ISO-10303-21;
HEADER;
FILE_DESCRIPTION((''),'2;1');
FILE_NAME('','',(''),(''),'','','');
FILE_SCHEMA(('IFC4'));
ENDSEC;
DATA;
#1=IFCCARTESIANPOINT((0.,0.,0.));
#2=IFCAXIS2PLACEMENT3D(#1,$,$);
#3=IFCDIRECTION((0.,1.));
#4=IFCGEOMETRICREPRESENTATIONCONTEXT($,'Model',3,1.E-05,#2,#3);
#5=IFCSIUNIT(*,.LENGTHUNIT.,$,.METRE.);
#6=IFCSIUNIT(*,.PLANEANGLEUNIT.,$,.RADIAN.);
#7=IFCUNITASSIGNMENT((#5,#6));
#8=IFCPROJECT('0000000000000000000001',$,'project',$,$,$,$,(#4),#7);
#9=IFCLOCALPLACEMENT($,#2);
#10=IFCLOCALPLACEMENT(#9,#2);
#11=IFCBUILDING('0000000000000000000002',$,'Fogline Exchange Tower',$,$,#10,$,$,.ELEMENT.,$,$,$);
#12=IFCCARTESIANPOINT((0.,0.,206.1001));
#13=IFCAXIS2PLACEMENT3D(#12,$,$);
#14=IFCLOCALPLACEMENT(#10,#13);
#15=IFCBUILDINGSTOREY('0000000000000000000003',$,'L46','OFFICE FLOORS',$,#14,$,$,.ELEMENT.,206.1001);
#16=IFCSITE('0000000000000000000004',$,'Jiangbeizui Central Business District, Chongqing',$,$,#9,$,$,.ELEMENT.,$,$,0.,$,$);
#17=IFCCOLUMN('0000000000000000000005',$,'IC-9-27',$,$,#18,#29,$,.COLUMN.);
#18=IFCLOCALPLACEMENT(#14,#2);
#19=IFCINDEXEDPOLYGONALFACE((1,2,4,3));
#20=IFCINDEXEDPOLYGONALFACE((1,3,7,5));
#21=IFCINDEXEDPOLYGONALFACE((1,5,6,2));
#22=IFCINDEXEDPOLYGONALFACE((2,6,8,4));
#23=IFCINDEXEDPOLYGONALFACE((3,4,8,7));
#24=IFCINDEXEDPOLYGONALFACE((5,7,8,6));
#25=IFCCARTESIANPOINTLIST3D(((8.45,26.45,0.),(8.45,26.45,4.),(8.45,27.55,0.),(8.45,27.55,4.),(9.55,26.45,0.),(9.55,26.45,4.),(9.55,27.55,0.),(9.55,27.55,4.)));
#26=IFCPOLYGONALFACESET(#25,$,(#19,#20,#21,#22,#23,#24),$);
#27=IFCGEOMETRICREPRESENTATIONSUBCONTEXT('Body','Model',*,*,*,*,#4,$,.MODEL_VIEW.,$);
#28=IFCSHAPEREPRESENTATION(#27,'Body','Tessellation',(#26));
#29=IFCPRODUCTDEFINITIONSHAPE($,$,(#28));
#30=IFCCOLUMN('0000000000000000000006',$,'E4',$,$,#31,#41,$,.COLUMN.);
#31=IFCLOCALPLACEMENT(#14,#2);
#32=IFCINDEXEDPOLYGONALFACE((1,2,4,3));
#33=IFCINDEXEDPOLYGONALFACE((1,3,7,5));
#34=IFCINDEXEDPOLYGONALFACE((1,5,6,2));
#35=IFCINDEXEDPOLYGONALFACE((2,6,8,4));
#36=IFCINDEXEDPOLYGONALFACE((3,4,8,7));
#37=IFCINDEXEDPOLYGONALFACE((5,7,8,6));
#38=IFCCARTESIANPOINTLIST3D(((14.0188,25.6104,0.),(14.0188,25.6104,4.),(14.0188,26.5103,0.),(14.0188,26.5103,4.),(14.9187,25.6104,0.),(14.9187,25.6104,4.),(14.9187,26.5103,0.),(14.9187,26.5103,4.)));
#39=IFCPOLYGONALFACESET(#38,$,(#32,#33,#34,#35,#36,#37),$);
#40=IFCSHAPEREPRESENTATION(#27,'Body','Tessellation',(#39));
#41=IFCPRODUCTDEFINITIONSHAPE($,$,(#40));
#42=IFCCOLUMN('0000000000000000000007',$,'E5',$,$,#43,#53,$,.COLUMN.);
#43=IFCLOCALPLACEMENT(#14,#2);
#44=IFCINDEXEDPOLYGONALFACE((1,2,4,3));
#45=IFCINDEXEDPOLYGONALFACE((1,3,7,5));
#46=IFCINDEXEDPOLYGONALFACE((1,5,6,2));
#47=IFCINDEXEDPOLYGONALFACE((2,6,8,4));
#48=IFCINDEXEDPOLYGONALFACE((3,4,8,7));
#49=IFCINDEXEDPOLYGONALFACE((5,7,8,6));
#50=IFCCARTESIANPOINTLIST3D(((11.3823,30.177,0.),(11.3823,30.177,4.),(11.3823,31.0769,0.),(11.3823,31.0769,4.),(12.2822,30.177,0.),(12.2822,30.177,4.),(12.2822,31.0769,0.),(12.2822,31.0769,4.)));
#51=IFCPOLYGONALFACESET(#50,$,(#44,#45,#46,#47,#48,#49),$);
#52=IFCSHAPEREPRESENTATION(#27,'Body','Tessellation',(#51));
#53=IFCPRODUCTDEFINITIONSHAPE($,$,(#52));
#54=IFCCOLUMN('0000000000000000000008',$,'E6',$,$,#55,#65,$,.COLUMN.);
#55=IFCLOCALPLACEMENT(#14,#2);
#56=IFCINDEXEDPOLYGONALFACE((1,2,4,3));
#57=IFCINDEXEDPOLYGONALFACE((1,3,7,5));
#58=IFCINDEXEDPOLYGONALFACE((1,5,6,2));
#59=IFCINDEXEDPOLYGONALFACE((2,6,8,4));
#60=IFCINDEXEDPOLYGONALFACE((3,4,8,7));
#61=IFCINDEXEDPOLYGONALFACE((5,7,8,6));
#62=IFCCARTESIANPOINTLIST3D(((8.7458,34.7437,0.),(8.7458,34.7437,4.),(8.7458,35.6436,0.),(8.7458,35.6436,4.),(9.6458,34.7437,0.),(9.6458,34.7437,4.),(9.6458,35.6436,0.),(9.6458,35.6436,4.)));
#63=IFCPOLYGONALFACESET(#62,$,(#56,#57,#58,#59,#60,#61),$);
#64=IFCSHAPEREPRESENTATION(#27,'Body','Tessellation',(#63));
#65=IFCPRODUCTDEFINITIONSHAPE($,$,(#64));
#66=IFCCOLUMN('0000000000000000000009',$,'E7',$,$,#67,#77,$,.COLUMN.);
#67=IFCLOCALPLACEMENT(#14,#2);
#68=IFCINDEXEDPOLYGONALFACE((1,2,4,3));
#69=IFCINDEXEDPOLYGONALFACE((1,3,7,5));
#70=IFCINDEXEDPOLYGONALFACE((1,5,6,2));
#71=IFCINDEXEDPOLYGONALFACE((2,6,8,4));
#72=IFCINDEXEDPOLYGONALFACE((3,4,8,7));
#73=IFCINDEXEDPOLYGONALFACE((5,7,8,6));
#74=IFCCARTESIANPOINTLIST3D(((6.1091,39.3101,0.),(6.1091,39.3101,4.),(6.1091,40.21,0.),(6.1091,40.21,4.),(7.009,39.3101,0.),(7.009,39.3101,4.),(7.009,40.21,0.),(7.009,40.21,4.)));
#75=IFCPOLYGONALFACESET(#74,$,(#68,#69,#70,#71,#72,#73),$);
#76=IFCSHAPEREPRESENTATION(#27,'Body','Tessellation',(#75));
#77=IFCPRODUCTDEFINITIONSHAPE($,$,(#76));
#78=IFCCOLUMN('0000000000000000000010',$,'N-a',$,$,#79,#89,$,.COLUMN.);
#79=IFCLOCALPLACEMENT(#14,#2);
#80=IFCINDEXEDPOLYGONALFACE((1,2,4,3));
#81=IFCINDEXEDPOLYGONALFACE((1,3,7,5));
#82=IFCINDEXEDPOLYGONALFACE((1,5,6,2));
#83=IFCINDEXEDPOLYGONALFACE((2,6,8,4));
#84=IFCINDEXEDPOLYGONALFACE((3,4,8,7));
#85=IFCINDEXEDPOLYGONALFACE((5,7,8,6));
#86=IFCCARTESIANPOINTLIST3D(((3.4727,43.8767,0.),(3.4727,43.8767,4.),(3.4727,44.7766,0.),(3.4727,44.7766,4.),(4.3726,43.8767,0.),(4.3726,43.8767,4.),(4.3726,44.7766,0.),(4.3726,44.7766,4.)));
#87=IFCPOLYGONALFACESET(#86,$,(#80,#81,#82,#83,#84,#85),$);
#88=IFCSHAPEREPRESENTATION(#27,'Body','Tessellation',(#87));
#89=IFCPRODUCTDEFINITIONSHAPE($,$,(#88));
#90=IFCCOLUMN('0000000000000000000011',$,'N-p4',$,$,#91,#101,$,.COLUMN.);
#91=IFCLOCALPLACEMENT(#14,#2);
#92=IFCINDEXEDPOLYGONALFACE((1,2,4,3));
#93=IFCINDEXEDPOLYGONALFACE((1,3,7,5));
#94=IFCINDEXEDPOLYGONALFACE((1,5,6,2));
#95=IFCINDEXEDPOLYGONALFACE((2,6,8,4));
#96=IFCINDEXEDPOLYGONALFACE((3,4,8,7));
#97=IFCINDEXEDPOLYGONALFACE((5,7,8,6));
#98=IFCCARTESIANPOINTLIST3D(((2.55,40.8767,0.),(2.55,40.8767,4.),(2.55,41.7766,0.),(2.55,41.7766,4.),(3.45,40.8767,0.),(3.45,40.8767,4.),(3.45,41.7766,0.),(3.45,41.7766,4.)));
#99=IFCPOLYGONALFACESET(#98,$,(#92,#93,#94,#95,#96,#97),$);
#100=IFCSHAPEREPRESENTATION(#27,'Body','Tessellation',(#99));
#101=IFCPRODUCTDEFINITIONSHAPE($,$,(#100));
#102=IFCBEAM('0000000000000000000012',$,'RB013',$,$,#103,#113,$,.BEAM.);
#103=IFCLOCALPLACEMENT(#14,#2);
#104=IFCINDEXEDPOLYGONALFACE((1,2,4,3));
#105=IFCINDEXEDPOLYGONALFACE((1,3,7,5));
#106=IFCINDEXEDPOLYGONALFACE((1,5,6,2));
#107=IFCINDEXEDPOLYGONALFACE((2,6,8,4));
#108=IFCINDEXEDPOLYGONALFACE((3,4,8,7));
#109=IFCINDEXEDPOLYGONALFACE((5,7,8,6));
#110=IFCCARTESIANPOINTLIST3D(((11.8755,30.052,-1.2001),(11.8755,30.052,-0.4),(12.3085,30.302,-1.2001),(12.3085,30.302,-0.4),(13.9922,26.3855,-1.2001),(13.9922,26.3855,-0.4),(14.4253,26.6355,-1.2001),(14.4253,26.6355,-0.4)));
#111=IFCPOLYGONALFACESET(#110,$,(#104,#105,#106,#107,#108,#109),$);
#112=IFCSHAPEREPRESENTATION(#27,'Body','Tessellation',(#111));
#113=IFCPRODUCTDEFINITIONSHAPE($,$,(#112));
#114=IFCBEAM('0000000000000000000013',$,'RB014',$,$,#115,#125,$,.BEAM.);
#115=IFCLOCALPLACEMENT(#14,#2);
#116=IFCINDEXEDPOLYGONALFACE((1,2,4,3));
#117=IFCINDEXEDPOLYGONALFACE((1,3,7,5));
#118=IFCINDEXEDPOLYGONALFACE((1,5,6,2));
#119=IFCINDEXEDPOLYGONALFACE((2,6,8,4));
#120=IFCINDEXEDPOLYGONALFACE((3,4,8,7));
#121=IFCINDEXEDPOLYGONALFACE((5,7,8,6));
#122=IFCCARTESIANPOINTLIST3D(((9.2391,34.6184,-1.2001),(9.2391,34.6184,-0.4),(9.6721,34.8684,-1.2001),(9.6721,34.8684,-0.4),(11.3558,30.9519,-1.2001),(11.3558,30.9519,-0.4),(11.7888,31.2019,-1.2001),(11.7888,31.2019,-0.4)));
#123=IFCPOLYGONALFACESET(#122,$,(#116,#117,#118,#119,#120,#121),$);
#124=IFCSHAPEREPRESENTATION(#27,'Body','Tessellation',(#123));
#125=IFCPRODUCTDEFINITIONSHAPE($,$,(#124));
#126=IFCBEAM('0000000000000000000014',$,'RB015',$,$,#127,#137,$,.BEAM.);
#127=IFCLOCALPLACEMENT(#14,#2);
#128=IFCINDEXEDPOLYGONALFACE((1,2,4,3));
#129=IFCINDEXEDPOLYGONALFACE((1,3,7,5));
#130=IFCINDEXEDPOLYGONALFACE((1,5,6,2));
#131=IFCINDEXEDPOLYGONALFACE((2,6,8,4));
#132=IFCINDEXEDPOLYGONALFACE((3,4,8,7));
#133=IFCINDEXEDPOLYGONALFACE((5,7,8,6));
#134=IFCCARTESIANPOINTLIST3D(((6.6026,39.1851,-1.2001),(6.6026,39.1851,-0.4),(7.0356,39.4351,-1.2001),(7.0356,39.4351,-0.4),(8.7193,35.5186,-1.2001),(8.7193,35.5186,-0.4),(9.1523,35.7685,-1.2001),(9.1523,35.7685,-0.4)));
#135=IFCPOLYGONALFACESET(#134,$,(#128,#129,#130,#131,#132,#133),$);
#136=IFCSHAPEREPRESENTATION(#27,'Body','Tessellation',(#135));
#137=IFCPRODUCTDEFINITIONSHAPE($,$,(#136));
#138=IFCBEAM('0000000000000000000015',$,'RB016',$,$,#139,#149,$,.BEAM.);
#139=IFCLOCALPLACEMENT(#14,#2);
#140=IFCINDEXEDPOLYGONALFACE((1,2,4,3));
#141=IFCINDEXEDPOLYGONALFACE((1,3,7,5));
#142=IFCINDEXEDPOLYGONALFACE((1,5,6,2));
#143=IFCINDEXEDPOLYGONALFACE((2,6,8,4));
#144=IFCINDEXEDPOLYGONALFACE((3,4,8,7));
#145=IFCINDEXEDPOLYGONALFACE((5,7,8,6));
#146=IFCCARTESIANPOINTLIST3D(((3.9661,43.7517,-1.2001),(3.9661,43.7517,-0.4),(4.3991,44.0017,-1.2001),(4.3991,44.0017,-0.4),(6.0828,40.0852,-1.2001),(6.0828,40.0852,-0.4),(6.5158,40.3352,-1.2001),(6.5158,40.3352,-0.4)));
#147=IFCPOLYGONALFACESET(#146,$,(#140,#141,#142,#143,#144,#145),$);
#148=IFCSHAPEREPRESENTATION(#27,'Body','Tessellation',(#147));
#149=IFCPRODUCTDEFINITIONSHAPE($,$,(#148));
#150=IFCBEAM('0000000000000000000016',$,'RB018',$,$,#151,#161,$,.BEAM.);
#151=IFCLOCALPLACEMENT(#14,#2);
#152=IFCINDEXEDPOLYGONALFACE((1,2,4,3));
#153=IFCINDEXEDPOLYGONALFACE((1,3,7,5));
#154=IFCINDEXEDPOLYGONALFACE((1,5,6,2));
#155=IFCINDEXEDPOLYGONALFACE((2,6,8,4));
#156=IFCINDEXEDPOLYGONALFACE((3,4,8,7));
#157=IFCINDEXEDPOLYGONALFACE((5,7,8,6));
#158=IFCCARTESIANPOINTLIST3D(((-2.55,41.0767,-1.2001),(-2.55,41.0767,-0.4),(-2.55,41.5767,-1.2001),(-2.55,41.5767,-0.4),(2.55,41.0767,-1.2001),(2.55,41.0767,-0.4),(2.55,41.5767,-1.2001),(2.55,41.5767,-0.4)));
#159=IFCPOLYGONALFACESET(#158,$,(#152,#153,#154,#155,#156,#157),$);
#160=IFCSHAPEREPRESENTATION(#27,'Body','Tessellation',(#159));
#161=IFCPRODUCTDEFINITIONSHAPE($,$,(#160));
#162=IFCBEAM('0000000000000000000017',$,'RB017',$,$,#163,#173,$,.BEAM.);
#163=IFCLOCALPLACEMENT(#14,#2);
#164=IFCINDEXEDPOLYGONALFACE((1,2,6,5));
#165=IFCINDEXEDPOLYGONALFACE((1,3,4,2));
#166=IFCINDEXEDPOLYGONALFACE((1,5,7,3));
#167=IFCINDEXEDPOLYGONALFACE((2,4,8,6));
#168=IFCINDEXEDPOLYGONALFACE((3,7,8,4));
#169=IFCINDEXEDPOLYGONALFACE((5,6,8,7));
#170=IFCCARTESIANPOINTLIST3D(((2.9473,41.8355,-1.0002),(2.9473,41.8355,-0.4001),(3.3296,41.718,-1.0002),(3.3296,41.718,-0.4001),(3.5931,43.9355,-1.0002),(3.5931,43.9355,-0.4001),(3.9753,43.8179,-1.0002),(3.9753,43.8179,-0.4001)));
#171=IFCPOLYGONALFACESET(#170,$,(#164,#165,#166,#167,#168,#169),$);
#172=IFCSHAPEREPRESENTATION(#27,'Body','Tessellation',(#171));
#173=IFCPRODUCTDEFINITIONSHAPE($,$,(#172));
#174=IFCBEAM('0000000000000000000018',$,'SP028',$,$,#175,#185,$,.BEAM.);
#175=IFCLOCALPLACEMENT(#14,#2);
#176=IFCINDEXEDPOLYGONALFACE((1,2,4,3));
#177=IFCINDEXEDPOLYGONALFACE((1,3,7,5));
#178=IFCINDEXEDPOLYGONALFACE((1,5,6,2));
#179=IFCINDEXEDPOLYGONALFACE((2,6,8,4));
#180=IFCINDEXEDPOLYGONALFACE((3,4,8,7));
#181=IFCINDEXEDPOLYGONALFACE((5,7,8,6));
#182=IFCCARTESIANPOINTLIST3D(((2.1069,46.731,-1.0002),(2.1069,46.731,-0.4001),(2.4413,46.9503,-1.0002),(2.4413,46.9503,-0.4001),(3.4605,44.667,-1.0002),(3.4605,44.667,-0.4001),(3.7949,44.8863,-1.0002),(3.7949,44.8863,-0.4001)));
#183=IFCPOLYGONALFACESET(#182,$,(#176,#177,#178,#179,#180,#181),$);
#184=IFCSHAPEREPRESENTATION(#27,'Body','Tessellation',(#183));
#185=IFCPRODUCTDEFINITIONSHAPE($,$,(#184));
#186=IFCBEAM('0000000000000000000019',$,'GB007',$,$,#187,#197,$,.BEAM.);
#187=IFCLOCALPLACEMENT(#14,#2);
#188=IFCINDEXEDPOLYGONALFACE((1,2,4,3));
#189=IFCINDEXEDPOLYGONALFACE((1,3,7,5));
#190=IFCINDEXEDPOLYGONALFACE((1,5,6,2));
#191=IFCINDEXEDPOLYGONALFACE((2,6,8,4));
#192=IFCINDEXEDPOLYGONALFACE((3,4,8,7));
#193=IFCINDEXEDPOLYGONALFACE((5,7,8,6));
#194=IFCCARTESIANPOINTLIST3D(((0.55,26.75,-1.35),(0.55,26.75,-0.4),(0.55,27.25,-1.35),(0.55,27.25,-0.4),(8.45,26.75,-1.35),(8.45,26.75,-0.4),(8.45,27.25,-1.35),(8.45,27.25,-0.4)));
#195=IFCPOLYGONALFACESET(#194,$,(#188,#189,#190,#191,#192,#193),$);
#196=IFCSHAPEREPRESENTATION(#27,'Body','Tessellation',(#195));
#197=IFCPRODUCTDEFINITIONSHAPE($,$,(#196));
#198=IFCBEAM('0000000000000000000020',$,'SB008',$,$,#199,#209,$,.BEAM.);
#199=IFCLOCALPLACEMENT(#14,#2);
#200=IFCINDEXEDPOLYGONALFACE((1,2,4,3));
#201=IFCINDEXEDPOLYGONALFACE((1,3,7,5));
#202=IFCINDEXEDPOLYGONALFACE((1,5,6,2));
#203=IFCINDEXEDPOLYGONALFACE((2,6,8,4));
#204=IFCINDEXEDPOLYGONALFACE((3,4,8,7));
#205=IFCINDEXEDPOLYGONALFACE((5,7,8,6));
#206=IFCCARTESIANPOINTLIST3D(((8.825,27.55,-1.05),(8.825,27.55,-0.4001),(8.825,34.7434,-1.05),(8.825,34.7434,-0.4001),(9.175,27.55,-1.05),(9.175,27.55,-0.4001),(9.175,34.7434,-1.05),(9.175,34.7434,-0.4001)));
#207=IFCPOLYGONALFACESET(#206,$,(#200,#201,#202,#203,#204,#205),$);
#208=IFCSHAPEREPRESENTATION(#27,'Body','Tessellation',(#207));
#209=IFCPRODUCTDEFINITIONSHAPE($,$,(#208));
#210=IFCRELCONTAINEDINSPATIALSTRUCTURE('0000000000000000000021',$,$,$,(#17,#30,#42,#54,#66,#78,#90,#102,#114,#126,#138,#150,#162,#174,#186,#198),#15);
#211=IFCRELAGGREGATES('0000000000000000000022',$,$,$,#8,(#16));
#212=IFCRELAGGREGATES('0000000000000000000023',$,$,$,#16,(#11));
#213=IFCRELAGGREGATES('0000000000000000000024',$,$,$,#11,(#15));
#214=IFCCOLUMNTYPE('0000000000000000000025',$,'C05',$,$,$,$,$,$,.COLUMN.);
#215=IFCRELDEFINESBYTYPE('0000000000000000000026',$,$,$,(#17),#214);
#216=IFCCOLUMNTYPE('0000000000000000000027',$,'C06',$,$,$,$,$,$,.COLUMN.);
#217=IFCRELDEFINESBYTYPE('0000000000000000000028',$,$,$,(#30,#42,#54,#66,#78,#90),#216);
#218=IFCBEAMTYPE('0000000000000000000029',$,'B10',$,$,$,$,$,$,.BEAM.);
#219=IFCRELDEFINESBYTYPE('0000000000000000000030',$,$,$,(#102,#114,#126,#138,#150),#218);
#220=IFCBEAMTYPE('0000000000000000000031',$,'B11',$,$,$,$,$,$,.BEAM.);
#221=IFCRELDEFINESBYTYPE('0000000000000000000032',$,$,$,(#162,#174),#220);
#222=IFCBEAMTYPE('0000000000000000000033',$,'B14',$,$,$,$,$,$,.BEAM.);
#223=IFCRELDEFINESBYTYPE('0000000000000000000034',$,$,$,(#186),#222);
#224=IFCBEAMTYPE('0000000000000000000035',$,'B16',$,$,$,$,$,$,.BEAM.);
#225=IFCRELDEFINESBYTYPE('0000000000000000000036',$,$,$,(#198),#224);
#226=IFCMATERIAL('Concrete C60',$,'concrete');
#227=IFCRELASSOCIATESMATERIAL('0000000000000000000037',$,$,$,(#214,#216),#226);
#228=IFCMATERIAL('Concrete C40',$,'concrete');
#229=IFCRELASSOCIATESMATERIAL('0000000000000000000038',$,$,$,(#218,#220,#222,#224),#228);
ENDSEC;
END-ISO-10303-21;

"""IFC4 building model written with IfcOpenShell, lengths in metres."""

from ifc_helpers import new_model, si_unit, direction, frame, origin, origin_2d, place, context, subcontext, project, spatial, rectangle, extrude, material, material_profile, profile_set, type_object, element, save


model = new_model("IFC4")

# Units and contexts
model_context = context("Model", 3, precision=1e-05, world=origin(), true_north=direction((0.0, 1.0)))
body_context = subcontext(model_context, "Body", "Model", "MODEL_VIEW")
ifc_project = project(units=[si_unit("LENGTHUNIT", "METRE"), si_unit("PLANEANGLEUNIT", "RADIAN")], contexts=[model_context])

# Site, building, storey
site_placement = place(None, origin())
site = spatial("IfcSite", under=ifc_project, at=site_placement, Name="Jiangbeizui Central Business District, Chongqing", CompositionType="ELEMENT", RefElevation=0.0)
building_placement = place(site_placement, origin())
building = spatial("IfcBuilding", under=site, at=building_placement, Name="Fogline Exchange Tower", CompositionType="ELEMENT")
storey_placement = place(building_placement, frame((0.0, 0.0, 206.1001)))
storey = spatial("IfcBuildingStorey", under=building, at=storey_placement, Name="L46", Description="OFFICE FLOORS", CompositionType="ELEMENT", Elevation=206.1001)

# Columns
ifc_material_1 = material(Name="Concrete C60", Category="concrete")
ifc_material_profile_1 = material_profile(ifc_material_1, rectangle(XDim=1.1001, YDim=1.1001, at=origin_2d()), Name="RC 1100x1100")
ifc_profile_set_1 = profile_set([ifc_material_profile_1], Name="Concrete C60")
column_type_1 = type_object("IfcColumnType", Name="C05", PredefinedType="COLUMN", material=ifc_profile_set_1)
column_placement = place(storey_placement, frame((9.0, 27.0, 0.0), z_axis=(0.0, 0.0, 1.0), x_axis=(1.0, 0.0, 0.0)))
element("IfcColumn", 1, at=column_placement, inside=storey, type_object=column_type_1, Name="IC-9-27", PredefinedType="COLUMN", context=body_context, shape_type="SweptSolid", body=[
    extrude(rectangle(XDim=1.1001, YDim=1.1001, at=origin_2d()), origin(), (0.0, 0.0, 1.0), 4.0),
])
ifc_material_profile_2 = material_profile(ifc_material_1, rectangle(XDim=0.8999, YDim=0.8999, at=origin_2d()), Name="RC 900x900")
ifc_profile_set_2 = profile_set([ifc_material_profile_2], Name="Concrete C60")
column_type_2 = type_object("IfcColumnType", Name="C06", PredefinedType="COLUMN", material=ifc_profile_set_2)
for number, where, z_axis, x_axis, name in (
    (2, (14.4688, 26.0603, 0.0), (0.0, 0.0, 1.0), (1.0, 0.0, 0.0), "E4"),
    (3, (11.8323, 30.627, 0.0), (0.0, 0.0, 1.0), (1.0, 0.0, 0.0), "E5"),
    (4, (9.1958, 35.1936, 0.0), (0.0, 0.0, 1.0), (1.0, 0.0, 0.0), "E6"),
    (5, (6.5591, 39.76, 0.0), (0.0, 0.0, 1.0), (1.0, 0.0, 0.0), "E7"),
    (6, (3.9226, 44.3267, 0.0), (0.0, 0.0, 1.0), (1.0, 0.0, 0.0), "N-a"),
    (7, (3.0, 41.3267, 0.0), (0.0, 0.0, 1.0), (1.0, 0.0, 0.0), "N-p4"),
):
    element("IfcColumn", number, at=place(storey_placement, frame(where, z_axis=z_axis, x_axis=x_axis)), inside=storey, type_object=column_type_2, Name=name, PredefinedType="COLUMN", context=body_context, shape_type="SweptSolid", body=[
        extrude(rectangle(XDim=0.8999, YDim=0.8999, at=origin_2d()), origin(), (0.0, 0.0, 1.0), 4.0),
    ])

# Beams
ifc_material_2 = material(Name="Concrete C40", Category="concrete")
ifc_material_profile_3 = material_profile(ifc_material_2, rectangle(XDim=0.5, YDim=0.8, at=origin_2d()), Name="RC 500x800")
ifc_profile_set_3 = profile_set([ifc_material_profile_3], Name="Concrete C40")
beam_type_1 = type_object("IfcBeamType", Name="B10", PredefinedType="BEAM", material=ifc_profile_set_3)
for number, where, z_axis, x_axis, name in (
    (8, (14.2087, 26.5105, -0.8), (-0.499972, 0.866042, 0.0), (-0.866042, -0.499972, 0.0), "RB013"),
    (9, (11.5723, 31.0769, -0.8), (-0.499972, 0.866042, 0.0), (-0.866042, -0.499972, 0.0), "RB014"),
    (10, (8.9358, 35.6436, -0.8), (-0.499972, 0.866042, 0.0), (-0.866042, -0.499972, 0.0), "RB015"),
    (11, (6.2993, 40.2102, -0.8), (-0.499972, 0.866042, 0.0), (-0.866042, -0.499972, 0.0), "RB016"),
):
    element("IfcBeam", number, at=place(storey_placement, frame(where, z_axis=z_axis, x_axis=x_axis)), inside=storey, type_object=beam_type_1, Name=name, PredefinedType="BEAM", context=body_context, shape_type="SweptSolid", body=[
        extrude(rectangle(XDim=0.5, YDim=0.8, at=origin_2d()), origin(), (0.0, 0.0, 1.0), 4.2336),
    ])
beam_1_placement = place(storey_placement, frame((2.55, 41.3267, -0.8), z_axis=(-1.0, 0.0, 0.0), x_axis=(0.0, -1.0, 0.0)))
element("IfcBeam", 12, at=beam_1_placement, inside=storey, type_object=beam_type_1, Name="RB018", PredefinedType="BEAM", context=body_context, shape_type="SweptSolid", body=[
    extrude(rectangle(XDim=0.5, YDim=0.8, at=origin_2d()), origin(), (0.0, 0.0, 1.0), 5.1001),
])
ifc_material_profile_4 = material_profile(ifc_material_2, rectangle(XDim=0.3999, YDim=0.6001, at=origin_2d()), Name="RC 400x600")
ifc_profile_set_4 = profile_set([ifc_material_profile_4], Name="Concrete C40")
beam_type_2 = type_object("IfcBeamType", Name="B11", PredefinedType="BEAM", material=ifc_profile_set_4)
beam_2_placement = place(storey_placement, frame((3.7842, 43.8767, -0.7002), z_axis=(-0.293906, -0.955834, 0.0), x_axis=(0.955834, -0.293906, 0.0)))
element("IfcBeam", 13, at=beam_2_placement, inside=storey, type_object=beam_type_2, Name="RB017", PredefinedType="BEAM", context=body_context, shape_type="SweptSolid", body=[
    extrude(rectangle(XDim=0.3999, YDim=0.6001, at=origin_2d()), origin(), (0.0, 0.0, 1.0), 2.197),
])
beam_3_placement = place(storey_placement, frame((3.6277, 44.7766, -0.7002), z_axis=(-0.548384, 0.836227, 0.0), x_axis=(-0.836227, -0.548384, 0.0)))
element("IfcBeam", 14, at=beam_3_placement, inside=storey, type_object=beam_type_2, Name="SP028", PredefinedType="BEAM", context=body_context, shape_type="SweptSolid", body=[
    extrude(rectangle(XDim=0.3999, YDim=0.6001, at=origin_2d()), origin(), (0.0, 0.0, 1.0), 2.4683),
])
ifc_material_profile_5 = material_profile(ifc_material_2, rectangle(XDim=0.5, YDim=0.95, at=origin_2d()), Name="RC 500x950")
ifc_profile_set_5 = profile_set([ifc_material_profile_5], Name="Concrete C40")
beam_type_3 = type_object("IfcBeamType", Name="B14", PredefinedType="BEAM", material=ifc_profile_set_5)
beam_4_placement = place(storey_placement, frame((0.55, 27.0, -0.875), z_axis=(1.0, 0.0, 0.0), x_axis=(0.0, 1.0, 0.0)))
element("IfcBeam", 15, at=beam_4_placement, inside=storey, type_object=beam_type_3, Name="GB007", PredefinedType="BEAM", context=body_context, shape_type="SweptSolid", body=[
    extrude(rectangle(XDim=0.5, YDim=0.95, at=origin_2d()), origin(), (0.0, 0.0, 1.0), 7.8999),
])
ifc_material_profile_6 = material_profile(ifc_material_2, rectangle(XDim=0.3501, YDim=0.6499, at=origin_2d()), Name="RC 350x650")
ifc_profile_set_6 = profile_set([ifc_material_profile_6], Name="Concrete C40")
beam_type_4 = type_object("IfcBeamType", Name="B16", PredefinedType="BEAM", material=ifc_profile_set_6)
beam_5_placement = place(storey_placement, frame((9.0, 27.55, -0.7251), z_axis=(0.0, 1.0, 0.0), x_axis=(-1.0, 0.0, 0.0)))
element("IfcBeam", 16, at=beam_5_placement, inside=storey, type_object=beam_type_4, Name="SB008", PredefinedType="BEAM", context=body_context, shape_type="SweptSolid", body=[
    extrude(rectangle(XDim=0.3501, YDim=0.6499, at=origin_2d()), origin(), (0.0, 0.0, 1.0), 7.1934),
])

save(model, "model.ifc")
